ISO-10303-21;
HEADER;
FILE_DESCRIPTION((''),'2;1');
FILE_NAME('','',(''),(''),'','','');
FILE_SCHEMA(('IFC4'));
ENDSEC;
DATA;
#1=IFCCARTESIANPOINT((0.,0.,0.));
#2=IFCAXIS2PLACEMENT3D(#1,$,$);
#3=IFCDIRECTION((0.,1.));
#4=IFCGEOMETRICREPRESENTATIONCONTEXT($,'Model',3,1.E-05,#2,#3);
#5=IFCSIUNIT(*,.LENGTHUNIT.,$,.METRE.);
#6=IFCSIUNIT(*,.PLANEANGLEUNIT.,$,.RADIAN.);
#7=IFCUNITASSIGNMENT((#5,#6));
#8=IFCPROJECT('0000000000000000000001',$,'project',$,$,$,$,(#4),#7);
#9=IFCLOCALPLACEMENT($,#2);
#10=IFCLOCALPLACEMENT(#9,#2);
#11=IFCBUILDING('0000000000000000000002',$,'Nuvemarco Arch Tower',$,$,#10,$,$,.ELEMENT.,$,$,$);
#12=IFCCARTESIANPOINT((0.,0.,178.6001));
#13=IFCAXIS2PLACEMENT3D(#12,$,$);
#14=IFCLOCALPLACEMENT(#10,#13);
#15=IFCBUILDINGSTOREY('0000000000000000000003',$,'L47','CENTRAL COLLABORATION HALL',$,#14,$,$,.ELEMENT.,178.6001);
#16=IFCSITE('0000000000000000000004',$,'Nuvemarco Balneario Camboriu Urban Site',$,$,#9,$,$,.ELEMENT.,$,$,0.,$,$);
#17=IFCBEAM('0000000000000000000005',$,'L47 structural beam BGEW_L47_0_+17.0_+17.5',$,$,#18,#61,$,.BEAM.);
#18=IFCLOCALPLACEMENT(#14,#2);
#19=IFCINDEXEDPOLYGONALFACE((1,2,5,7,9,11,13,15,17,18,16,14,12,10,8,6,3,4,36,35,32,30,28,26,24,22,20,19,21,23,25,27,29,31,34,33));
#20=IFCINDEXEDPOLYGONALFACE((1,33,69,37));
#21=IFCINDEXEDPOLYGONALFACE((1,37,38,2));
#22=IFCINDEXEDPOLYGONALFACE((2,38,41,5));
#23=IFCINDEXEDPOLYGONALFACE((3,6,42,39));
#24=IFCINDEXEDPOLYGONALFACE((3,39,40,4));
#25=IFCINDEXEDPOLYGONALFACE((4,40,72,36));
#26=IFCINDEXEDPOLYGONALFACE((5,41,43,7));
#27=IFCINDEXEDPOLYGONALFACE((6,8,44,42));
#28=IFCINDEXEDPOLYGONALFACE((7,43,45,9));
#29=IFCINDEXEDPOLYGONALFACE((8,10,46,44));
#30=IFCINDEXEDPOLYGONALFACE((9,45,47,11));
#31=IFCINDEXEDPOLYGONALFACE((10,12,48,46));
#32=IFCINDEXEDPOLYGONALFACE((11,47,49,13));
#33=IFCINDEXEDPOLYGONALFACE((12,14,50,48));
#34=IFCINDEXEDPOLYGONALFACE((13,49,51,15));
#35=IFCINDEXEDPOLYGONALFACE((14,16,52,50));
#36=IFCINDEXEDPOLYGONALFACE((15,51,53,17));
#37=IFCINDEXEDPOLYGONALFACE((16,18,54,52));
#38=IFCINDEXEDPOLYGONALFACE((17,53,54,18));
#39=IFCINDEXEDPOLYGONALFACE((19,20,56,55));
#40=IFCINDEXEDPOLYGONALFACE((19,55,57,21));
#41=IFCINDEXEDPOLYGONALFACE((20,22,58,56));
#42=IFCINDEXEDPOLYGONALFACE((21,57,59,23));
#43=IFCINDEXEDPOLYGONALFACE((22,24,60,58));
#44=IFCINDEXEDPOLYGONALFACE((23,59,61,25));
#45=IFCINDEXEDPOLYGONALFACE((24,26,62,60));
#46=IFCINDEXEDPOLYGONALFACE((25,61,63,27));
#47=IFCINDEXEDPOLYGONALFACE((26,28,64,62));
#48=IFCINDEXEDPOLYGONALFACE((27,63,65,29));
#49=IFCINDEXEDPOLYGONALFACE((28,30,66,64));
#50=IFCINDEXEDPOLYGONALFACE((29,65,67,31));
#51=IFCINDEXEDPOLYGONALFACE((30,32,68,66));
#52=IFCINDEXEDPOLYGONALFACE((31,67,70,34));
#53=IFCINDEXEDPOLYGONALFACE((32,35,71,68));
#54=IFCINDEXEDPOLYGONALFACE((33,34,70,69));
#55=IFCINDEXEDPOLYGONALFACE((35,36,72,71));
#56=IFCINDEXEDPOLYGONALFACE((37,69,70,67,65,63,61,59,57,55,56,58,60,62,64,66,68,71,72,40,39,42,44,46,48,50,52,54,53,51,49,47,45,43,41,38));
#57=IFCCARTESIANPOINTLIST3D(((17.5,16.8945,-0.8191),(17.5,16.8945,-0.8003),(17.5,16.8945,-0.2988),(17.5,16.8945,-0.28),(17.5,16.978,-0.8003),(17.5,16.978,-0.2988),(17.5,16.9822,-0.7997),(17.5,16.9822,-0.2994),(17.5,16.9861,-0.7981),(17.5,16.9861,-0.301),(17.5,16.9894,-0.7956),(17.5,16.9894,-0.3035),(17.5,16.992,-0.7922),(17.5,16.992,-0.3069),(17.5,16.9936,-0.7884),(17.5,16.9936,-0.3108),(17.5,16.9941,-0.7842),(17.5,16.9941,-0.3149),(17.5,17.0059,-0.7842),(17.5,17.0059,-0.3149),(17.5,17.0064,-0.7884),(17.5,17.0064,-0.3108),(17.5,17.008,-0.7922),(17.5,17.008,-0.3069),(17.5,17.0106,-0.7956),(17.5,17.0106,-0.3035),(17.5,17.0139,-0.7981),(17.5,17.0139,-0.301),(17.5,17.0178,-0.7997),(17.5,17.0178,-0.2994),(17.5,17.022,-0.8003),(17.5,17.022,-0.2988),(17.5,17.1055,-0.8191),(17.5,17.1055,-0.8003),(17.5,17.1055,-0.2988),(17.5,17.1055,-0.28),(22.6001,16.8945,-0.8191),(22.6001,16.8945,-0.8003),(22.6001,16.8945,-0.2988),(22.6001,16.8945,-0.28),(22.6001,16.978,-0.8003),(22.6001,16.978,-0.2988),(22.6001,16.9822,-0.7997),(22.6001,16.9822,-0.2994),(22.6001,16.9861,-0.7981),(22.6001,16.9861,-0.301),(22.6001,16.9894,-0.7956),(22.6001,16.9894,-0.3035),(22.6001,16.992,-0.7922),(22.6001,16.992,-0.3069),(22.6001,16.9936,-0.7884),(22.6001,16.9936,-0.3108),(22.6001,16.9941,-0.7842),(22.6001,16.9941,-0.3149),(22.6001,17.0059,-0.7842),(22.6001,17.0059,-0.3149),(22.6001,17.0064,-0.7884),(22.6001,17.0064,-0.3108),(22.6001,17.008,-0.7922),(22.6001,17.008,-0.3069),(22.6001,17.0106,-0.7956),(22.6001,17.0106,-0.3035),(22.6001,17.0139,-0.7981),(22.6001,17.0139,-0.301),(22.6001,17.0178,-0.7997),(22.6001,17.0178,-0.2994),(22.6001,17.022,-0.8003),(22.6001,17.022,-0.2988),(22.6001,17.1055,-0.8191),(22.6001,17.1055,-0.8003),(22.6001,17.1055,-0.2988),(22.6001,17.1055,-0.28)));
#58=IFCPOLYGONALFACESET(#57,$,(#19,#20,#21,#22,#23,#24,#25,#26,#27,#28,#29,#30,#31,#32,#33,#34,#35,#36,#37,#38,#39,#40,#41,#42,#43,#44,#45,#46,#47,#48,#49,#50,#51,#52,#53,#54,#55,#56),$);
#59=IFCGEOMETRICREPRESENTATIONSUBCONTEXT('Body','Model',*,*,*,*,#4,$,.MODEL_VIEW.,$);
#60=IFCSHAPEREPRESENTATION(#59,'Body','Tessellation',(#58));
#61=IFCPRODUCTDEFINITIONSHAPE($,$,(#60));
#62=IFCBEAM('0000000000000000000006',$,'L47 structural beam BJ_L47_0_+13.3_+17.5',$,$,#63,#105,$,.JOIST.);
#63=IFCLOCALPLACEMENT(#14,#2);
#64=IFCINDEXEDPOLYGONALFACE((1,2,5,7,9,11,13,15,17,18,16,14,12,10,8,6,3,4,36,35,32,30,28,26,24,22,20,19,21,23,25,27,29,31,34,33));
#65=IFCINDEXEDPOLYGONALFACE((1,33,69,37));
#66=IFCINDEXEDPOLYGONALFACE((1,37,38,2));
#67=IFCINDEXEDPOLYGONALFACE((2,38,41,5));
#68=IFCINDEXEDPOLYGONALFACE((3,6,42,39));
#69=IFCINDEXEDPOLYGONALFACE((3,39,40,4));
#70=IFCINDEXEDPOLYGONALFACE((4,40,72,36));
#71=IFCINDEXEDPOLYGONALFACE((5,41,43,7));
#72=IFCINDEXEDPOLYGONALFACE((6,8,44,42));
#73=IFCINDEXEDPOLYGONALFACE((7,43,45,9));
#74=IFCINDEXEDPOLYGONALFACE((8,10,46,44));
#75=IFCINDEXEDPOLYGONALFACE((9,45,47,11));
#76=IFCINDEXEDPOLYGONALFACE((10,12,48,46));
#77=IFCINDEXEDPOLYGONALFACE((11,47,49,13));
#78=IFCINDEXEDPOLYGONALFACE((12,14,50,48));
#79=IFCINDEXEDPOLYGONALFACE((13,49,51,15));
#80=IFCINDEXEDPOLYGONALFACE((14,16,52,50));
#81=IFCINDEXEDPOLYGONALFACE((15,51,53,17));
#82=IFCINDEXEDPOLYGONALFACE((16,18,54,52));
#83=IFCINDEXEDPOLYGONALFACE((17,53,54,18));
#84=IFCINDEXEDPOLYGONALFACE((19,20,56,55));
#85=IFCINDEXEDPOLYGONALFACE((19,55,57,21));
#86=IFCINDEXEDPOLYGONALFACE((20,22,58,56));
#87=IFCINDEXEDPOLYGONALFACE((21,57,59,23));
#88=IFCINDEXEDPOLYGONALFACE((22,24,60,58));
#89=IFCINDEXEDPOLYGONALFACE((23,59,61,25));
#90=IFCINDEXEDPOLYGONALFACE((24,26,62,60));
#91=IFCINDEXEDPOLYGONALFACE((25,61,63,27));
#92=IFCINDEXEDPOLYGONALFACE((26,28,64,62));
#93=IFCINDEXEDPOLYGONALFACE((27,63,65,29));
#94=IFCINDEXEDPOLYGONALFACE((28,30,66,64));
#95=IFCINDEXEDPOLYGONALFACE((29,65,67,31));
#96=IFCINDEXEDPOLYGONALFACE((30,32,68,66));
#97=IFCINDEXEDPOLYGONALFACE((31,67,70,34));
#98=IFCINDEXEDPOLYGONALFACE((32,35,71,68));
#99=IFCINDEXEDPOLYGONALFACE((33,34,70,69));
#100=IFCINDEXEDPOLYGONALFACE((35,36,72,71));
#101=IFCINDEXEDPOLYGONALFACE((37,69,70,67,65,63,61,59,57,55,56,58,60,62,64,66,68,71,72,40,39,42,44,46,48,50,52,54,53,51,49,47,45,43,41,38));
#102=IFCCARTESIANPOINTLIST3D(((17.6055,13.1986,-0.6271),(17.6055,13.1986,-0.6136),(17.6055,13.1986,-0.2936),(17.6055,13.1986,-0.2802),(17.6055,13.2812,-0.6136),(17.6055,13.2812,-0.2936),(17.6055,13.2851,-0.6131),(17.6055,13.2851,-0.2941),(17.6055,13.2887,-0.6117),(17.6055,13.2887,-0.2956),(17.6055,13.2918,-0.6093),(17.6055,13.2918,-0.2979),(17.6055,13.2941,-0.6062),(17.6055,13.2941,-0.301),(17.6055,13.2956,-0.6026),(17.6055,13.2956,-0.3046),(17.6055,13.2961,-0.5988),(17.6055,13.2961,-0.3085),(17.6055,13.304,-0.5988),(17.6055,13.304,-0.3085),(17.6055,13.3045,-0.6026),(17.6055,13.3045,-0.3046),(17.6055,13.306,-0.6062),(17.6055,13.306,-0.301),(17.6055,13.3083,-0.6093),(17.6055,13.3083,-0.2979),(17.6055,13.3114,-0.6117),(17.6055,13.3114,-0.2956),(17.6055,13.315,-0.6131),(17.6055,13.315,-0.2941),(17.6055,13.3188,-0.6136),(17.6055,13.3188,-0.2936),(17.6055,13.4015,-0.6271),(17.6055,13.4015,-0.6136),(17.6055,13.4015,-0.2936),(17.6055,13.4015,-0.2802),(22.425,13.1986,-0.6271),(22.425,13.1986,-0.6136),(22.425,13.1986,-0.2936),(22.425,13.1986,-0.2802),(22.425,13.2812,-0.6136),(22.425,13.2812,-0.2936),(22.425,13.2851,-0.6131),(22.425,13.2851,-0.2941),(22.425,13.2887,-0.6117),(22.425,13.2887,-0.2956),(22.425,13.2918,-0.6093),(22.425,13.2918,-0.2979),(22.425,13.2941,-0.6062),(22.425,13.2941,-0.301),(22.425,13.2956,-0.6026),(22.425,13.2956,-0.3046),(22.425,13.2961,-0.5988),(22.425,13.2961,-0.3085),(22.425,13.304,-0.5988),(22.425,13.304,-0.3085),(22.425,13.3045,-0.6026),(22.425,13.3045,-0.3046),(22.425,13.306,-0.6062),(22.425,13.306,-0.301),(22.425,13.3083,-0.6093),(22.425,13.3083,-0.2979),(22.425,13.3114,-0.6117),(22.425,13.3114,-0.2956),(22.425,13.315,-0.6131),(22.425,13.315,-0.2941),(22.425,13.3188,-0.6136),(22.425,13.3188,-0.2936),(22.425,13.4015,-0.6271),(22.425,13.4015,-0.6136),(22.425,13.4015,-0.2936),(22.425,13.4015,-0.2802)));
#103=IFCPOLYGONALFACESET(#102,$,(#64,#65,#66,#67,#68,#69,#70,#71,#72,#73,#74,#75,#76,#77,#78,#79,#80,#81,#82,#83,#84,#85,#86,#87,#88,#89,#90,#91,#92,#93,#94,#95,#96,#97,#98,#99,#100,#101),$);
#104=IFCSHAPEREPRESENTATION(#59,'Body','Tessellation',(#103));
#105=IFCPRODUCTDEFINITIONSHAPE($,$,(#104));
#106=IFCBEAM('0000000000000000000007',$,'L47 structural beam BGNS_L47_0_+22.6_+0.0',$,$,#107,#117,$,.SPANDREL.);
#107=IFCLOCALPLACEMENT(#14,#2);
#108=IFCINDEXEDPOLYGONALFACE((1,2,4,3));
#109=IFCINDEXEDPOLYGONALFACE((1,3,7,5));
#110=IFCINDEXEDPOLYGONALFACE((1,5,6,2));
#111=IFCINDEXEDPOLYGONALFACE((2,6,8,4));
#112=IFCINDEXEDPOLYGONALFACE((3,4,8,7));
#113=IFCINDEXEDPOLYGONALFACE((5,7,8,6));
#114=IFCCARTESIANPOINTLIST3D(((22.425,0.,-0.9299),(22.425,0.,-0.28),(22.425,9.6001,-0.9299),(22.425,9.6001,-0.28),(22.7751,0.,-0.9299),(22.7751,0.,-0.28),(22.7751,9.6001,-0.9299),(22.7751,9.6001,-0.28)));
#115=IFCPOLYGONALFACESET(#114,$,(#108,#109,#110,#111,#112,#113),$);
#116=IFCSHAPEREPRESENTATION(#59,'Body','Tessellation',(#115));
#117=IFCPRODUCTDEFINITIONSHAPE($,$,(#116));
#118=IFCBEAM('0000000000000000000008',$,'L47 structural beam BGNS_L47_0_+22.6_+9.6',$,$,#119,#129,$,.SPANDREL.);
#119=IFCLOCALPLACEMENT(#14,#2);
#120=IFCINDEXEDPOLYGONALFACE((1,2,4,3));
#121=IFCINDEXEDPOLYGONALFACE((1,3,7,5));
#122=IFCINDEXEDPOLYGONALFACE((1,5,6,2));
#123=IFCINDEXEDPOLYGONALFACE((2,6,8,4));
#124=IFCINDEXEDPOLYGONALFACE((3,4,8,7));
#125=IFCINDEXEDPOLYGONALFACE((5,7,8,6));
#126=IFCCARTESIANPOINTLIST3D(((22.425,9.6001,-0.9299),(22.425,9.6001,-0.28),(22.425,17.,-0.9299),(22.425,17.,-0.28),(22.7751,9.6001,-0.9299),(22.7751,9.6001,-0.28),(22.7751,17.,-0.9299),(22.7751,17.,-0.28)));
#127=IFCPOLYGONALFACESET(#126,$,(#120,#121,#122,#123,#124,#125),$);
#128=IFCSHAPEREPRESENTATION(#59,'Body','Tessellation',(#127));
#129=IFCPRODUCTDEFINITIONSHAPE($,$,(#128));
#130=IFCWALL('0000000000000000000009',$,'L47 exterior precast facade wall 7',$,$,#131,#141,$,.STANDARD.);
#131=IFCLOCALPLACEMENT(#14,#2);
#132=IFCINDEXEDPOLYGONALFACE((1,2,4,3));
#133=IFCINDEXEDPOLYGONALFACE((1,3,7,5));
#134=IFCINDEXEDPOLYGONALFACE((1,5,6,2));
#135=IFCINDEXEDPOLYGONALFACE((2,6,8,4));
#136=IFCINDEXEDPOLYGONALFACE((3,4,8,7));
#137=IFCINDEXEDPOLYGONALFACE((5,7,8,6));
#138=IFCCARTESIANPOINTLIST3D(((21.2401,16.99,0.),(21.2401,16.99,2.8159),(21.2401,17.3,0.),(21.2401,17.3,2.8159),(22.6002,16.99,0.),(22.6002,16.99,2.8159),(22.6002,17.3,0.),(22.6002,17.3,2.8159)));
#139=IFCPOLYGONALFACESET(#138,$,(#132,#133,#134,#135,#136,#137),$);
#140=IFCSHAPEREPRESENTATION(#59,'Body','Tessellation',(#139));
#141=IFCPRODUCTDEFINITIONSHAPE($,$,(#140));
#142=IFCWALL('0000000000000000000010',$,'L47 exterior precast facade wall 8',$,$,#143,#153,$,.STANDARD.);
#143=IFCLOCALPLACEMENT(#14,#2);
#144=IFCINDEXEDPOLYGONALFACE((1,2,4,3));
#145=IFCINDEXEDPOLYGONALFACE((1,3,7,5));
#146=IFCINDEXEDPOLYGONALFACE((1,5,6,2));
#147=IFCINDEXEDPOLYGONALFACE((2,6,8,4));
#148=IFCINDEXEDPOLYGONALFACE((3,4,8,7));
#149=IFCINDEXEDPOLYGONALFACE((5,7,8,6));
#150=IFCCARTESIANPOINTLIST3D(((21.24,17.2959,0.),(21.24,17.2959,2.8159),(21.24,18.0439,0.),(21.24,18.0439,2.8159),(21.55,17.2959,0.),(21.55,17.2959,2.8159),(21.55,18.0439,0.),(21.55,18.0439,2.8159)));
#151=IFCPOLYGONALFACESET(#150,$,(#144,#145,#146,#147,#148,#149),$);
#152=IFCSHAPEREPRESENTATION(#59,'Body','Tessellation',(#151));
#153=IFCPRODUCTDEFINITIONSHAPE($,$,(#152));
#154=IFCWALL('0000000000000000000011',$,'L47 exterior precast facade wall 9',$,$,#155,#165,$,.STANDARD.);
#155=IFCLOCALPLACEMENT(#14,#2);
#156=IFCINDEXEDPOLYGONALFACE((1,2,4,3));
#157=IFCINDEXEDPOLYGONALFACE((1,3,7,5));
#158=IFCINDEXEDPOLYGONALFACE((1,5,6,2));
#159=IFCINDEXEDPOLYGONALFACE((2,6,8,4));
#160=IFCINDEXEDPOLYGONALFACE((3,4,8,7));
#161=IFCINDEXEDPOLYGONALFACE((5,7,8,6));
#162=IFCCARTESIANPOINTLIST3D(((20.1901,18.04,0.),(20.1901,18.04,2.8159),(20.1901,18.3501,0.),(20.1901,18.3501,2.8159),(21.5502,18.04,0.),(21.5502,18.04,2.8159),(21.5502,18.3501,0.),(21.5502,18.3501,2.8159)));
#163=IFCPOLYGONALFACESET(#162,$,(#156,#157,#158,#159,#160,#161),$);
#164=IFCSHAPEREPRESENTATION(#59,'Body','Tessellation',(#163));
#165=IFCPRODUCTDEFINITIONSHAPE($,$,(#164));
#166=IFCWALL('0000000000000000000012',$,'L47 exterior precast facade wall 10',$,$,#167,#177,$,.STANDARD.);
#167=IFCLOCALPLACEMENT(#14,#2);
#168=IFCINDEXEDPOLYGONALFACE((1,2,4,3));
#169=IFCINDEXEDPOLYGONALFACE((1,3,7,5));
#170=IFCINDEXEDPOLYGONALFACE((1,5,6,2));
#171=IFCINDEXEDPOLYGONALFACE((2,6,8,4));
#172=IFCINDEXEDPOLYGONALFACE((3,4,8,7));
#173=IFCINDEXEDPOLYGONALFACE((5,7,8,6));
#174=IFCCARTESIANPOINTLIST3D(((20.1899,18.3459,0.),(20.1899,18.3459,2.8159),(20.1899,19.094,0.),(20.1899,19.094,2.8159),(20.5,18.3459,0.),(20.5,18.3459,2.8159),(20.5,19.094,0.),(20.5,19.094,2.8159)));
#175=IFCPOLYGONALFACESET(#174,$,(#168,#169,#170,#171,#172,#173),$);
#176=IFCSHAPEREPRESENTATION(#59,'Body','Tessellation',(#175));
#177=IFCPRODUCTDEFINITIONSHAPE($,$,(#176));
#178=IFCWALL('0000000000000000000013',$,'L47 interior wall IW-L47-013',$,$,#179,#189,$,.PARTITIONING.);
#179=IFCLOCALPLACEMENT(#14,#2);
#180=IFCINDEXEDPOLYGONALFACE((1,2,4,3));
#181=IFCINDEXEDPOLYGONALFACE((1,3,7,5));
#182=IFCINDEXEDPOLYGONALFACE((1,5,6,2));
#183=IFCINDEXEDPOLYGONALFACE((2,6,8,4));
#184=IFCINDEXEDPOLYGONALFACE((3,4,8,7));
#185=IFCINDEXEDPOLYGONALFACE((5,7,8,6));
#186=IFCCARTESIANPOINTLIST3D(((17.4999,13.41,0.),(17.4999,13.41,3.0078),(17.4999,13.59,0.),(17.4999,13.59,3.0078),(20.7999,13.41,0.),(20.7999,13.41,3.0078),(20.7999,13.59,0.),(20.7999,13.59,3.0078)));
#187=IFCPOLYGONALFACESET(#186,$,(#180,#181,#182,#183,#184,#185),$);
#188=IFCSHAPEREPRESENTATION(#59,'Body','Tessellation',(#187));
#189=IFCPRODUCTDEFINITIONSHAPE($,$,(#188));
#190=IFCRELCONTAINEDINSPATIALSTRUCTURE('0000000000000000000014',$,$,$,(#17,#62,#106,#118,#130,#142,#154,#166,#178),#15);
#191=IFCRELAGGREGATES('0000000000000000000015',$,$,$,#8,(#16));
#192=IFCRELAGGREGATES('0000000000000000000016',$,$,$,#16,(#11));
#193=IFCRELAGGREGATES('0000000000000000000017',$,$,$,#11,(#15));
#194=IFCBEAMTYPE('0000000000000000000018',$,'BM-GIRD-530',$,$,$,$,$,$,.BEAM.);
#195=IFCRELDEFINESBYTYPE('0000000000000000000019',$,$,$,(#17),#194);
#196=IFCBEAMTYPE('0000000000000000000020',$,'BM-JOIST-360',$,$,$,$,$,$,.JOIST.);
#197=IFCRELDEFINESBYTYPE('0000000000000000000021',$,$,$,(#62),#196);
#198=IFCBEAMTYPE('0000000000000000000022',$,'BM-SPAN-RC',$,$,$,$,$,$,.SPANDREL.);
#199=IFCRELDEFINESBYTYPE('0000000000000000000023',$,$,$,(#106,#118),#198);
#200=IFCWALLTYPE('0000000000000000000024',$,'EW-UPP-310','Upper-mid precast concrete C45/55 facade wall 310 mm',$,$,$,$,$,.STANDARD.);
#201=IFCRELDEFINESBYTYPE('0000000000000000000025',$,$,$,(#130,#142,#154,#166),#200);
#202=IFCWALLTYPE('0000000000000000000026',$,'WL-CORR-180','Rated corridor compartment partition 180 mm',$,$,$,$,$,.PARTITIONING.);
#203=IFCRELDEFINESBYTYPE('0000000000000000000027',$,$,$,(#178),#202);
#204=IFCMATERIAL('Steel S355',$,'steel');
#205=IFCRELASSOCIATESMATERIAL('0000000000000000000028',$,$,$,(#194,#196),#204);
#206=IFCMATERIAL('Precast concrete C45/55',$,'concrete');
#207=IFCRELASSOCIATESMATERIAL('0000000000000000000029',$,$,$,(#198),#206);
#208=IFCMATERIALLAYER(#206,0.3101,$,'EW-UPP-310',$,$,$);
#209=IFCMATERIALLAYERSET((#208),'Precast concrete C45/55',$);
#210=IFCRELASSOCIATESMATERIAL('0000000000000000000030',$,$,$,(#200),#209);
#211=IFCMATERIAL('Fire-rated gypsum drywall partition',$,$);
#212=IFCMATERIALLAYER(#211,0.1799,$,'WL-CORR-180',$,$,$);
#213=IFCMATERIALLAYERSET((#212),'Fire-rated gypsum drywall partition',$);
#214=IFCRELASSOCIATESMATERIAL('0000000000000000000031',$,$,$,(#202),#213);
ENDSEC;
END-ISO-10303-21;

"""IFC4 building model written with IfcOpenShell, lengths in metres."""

from ifc_helpers import new_model, si_unit, direction, frame, frame_2d, origin, origin_2d, place, context, subcontext, project, spatial, rectangle, i_section, extrude, material, layer, layer_set, material_profile, profile_set, type_object, element, save


model = new_model("IFC4")

# Units and contexts
model_context = context("Model", 3, precision=1e-05, world=origin(), true_north=direction((0.0, 1.0)))
body_context = subcontext(model_context, "Body", "Model", "MODEL_VIEW")
ifc_project = project(units=[si_unit("LENGTHUNIT", "METRE"), si_unit("PLANEANGLEUNIT", "RADIAN")], contexts=[model_context])

# Site, building, storey
site_placement = place(None, origin())
site = spatial("IfcSite", under=ifc_project, at=site_placement, Name="Nuvemarco Balneario Camboriu Urban Site", CompositionType="ELEMENT", RefElevation=0.0)
building_placement = place(site_placement, origin())
building = spatial("IfcBuilding", under=site, at=building_placement, Name="Nuvemarco Arch Tower", CompositionType="ELEMENT")
storey_placement = place(building_placement, frame((0.0, 0.0, 178.6001)))
storey = spatial("IfcBuildingStorey", under=building, at=storey_placement, Name="L47", Description="CENTRAL COLLABORATION HALL", CompositionType="ELEMENT", Elevation=178.6001)

# Shared definitions
ifc_material_1 = material(Name="Steel S355", Category="steel")

# Beams
ifc_material_profile_1 = material_profile(ifc_material_1, i_section(OverallWidth=0.2109, OverallDepth=0.5391, WebThickness=0.0117, FlangeThickness=0.0188, FilletRadius=0.0161, at=origin_2d()), Name="W530x109")
ifc_profile_set_1 = profile_set([ifc_material_profile_1], Name="Steel S355")
beam_type_1 = type_object("IfcBeamType", Name="BM-GIRD-530", PredefinedType="BEAM", material=ifc_profile_set_1)
for number, where, z_axis, x_axis, name in (
    (1, (17.5, 17.0, -0.5496), (1.0, 0.0, 0.0), (0.0, 1.0, 0.0), "L47 structural beam BGEW_L47_0_+17.0_+17.5"),
):
    element("IfcBeam", number, at=place(storey_placement, frame(where, z_axis=z_axis, x_axis=x_axis)), inside=storey, type_object=beam_type_1, Name=name, PredefinedType="BEAM", context=body_context, shape_type="SweptSolid", body=[
        extrude(i_section(OverallWidth=0.2109, OverallDepth=0.5391, WebThickness=0.0117, FlangeThickness=0.0188, FilletRadius=0.0161, at=origin_2d()), origin(), (0.0, 0.0, 1.0), 5.1001),
    ])
ifc_material_profile_2 = material_profile(ifc_material_1, i_section(OverallWidth=0.2029, OverallDepth=0.3469, WebThickness=0.0078, FlangeThickness=0.0134, FilletRadius=0.0149, at=origin_2d()), Name="W360x64")
ifc_profile_set_2 = profile_set([ifc_material_profile_2], Name="Steel S355")
beam_type_2 = type_object("IfcBeamType", Name="BM-JOIST-360", PredefinedType="JOIST", material=ifc_profile_set_2)
beam_1_placement = place(storey_placement, frame((17.6055, 13.3, -0.4536), z_axis=(1.0, 0.0, 0.0), x_axis=(0.0, 1.0, 0.0)))
element("IfcBeam", 2, at=beam_1_placement, inside=storey, type_object=beam_type_2, Name="L47 structural beam BJ_L47_0_+13.3_+17.5", PredefinedType="JOIST", context=body_context, shape_type="SweptSolid", body=[
    extrude(i_section(OverallWidth=0.2029, OverallDepth=0.3469, WebThickness=0.0078, FlangeThickness=0.0134, FilletRadius=0.0149, at=origin_2d()), origin(), (0.0, 0.0, 1.0), 4.8196),
])
ifc_material_2 = material(Name="Precast concrete C45/55", Category="concrete")
ifc_material_profile_3 = material_profile(ifc_material_2, rectangle(XDim=0.3501, YDim=0.6499, at=origin_2d()), Name="PC-SP-350x650")
ifc_profile_set_3 = profile_set([ifc_material_profile_3], Name="Precast concrete C45/55")
beam_type_3 = type_object("IfcBeamType", Name="BM-SPAN-RC", PredefinedType="SPANDREL", material=ifc_profile_set_3)
beam_2_placement = place(storey_placement, frame((22.6001, 0.0, -0.605), z_axis=(0.0, 1.0, 0.0), x_axis=(-1.0, 0.0, 0.0)))
element("IfcBeam", 3, at=beam_2_placement, inside=storey, type_object=beam_type_3, Name="L47 structural beam BGNS_L47_0_+22.6_+0.0", PredefinedType="SPANDREL", context=body_context, shape_type="SweptSolid", body=[
    extrude(rectangle(XDim=0.3501, YDim=0.6499, at=origin_2d()), origin(), (0.0, 0.0, 1.0), 9.6001),
])
beam_3_placement = place(storey_placement, frame((22.6001, 9.6001, -0.605), z_axis=(0.0, 1.0, 0.0), x_axis=(-1.0, 0.0, 0.0)))
element("IfcBeam", 4, at=beam_3_placement, inside=storey, type_object=beam_type_3, Name="L47 structural beam BGNS_L47_0_+22.6_+9.6", PredefinedType="SPANDREL", context=body_context, shape_type="SweptSolid", body=[
    extrude(rectangle(XDim=0.3501, YDim=0.6499, at=origin_2d()), origin(), (0.0, 0.0, 1.0), 7.3999),
])

# Walls
ifc_layer_1 = layer(ifc_material_2, 0.3101, Name="EW-UPP-310")
ifc_layer_set_1 = layer_set([ifc_layer_1], Name="Precast concrete C45/55")
wall_type_1 = type_object("IfcWallType", Name="EW-UPP-310", Description="Upper-mid precast concrete C45/55 facade wall 310 mm", PredefinedType="STANDARD", material=ifc_layer_set_1)
wall_1_placement = place(storey_placement, frame((21.24, 17.145, 0.0), z_axis=(0.0, 0.0, 1.0), x_axis=(1.0, 0.0, 0.0)))
element("IfcWall", 5, at=wall_1_placement, inside=storey, type_object=wall_type_1, Name="L47 exterior precast facade wall 7", PredefinedType="STANDARD", context=body_context, shape_type="SweptSolid", body=[
    extrude(rectangle(XDim=1.3601, YDim=0.3101, at=frame_2d((0.6802, 0.0))), origin(), (0.0, 0.0, 1.0), 2.8159),
])
wall_2_placement = place(storey_placement, frame((21.395, 17.2959, 0.0), z_axis=(0.0, 0.0, 1.0), x_axis=(0.0, 1.0, 0.0)))
element("IfcWall", 6, at=wall_2_placement, inside=storey, type_object=wall_type_1, Name="L47 exterior precast facade wall 8", PredefinedType="STANDARD", context=body_context, shape_type="SweptSolid", body=[
    extrude(rectangle(XDim=0.748, YDim=0.3101, at=frame_2d((0.374, 0.0))), origin(), (0.0, 0.0, 1.0), 2.8159),
])
wall_3_placement = place(storey_placement, frame((20.1899, 18.1951, 0.0), z_axis=(0.0, 0.0, 1.0), x_axis=(1.0, 0.0, 0.0)))
element("IfcWall", 7, at=wall_3_placement, inside=storey, type_object=wall_type_1, Name="L47 exterior precast facade wall 9", PredefinedType="STANDARD", context=body_context, shape_type="SweptSolid", body=[
    extrude(rectangle(XDim=1.3601, YDim=0.3101, at=frame_2d((0.6802, 0.0))), origin(), (0.0, 0.0, 1.0), 2.8159),
])
wall_4_placement = place(storey_placement, frame((20.345, 18.3459, 0.0), z_axis=(0.0, 0.0, 1.0), x_axis=(0.0, 1.0, 0.0)))
element("IfcWall", 8, at=wall_4_placement, inside=storey, type_object=wall_type_1, Name="L47 exterior precast facade wall 10", PredefinedType="STANDARD", context=body_context, shape_type="SweptSolid", body=[
    extrude(rectangle(XDim=0.748, YDim=0.3101, at=frame_2d((0.374, 0.0))), origin(), (0.0, 0.0, 1.0), 2.8159),
])
ifc_material_3 = material(Name="Fire-rated gypsum drywall partition")
ifc_layer_2 = layer(ifc_material_3, 0.1799, Name="WL-CORR-180")
ifc_layer_set_2 = layer_set([ifc_layer_2], Name="Fire-rated gypsum drywall partition")
wall_type_2 = type_object("IfcWallType", Name="WL-CORR-180", Description="Rated corridor compartment partition 180 mm", PredefinedType="PARTITIONING", material=ifc_layer_set_2)
wall_5_placement = place(storey_placement, frame((17.5, 13.5, 0.0), z_axis=(0.0, 0.0, 1.0), x_axis=(1.0, 0.0, 0.0)))
element("IfcWall", 9, at=wall_5_placement, inside=storey, type_object=wall_type_2, Name="L47 interior wall IW-L47-013", PredefinedType="PARTITIONING", context=body_context, shape_type="SweptSolid", body=[
    extrude(rectangle(XDim=3.3, YDim=0.1799, at=frame_2d((1.6499, 0.0))), origin(), (0.0, 0.0, 1.0), 3.0078),
])

save(model, "model.ifc")
